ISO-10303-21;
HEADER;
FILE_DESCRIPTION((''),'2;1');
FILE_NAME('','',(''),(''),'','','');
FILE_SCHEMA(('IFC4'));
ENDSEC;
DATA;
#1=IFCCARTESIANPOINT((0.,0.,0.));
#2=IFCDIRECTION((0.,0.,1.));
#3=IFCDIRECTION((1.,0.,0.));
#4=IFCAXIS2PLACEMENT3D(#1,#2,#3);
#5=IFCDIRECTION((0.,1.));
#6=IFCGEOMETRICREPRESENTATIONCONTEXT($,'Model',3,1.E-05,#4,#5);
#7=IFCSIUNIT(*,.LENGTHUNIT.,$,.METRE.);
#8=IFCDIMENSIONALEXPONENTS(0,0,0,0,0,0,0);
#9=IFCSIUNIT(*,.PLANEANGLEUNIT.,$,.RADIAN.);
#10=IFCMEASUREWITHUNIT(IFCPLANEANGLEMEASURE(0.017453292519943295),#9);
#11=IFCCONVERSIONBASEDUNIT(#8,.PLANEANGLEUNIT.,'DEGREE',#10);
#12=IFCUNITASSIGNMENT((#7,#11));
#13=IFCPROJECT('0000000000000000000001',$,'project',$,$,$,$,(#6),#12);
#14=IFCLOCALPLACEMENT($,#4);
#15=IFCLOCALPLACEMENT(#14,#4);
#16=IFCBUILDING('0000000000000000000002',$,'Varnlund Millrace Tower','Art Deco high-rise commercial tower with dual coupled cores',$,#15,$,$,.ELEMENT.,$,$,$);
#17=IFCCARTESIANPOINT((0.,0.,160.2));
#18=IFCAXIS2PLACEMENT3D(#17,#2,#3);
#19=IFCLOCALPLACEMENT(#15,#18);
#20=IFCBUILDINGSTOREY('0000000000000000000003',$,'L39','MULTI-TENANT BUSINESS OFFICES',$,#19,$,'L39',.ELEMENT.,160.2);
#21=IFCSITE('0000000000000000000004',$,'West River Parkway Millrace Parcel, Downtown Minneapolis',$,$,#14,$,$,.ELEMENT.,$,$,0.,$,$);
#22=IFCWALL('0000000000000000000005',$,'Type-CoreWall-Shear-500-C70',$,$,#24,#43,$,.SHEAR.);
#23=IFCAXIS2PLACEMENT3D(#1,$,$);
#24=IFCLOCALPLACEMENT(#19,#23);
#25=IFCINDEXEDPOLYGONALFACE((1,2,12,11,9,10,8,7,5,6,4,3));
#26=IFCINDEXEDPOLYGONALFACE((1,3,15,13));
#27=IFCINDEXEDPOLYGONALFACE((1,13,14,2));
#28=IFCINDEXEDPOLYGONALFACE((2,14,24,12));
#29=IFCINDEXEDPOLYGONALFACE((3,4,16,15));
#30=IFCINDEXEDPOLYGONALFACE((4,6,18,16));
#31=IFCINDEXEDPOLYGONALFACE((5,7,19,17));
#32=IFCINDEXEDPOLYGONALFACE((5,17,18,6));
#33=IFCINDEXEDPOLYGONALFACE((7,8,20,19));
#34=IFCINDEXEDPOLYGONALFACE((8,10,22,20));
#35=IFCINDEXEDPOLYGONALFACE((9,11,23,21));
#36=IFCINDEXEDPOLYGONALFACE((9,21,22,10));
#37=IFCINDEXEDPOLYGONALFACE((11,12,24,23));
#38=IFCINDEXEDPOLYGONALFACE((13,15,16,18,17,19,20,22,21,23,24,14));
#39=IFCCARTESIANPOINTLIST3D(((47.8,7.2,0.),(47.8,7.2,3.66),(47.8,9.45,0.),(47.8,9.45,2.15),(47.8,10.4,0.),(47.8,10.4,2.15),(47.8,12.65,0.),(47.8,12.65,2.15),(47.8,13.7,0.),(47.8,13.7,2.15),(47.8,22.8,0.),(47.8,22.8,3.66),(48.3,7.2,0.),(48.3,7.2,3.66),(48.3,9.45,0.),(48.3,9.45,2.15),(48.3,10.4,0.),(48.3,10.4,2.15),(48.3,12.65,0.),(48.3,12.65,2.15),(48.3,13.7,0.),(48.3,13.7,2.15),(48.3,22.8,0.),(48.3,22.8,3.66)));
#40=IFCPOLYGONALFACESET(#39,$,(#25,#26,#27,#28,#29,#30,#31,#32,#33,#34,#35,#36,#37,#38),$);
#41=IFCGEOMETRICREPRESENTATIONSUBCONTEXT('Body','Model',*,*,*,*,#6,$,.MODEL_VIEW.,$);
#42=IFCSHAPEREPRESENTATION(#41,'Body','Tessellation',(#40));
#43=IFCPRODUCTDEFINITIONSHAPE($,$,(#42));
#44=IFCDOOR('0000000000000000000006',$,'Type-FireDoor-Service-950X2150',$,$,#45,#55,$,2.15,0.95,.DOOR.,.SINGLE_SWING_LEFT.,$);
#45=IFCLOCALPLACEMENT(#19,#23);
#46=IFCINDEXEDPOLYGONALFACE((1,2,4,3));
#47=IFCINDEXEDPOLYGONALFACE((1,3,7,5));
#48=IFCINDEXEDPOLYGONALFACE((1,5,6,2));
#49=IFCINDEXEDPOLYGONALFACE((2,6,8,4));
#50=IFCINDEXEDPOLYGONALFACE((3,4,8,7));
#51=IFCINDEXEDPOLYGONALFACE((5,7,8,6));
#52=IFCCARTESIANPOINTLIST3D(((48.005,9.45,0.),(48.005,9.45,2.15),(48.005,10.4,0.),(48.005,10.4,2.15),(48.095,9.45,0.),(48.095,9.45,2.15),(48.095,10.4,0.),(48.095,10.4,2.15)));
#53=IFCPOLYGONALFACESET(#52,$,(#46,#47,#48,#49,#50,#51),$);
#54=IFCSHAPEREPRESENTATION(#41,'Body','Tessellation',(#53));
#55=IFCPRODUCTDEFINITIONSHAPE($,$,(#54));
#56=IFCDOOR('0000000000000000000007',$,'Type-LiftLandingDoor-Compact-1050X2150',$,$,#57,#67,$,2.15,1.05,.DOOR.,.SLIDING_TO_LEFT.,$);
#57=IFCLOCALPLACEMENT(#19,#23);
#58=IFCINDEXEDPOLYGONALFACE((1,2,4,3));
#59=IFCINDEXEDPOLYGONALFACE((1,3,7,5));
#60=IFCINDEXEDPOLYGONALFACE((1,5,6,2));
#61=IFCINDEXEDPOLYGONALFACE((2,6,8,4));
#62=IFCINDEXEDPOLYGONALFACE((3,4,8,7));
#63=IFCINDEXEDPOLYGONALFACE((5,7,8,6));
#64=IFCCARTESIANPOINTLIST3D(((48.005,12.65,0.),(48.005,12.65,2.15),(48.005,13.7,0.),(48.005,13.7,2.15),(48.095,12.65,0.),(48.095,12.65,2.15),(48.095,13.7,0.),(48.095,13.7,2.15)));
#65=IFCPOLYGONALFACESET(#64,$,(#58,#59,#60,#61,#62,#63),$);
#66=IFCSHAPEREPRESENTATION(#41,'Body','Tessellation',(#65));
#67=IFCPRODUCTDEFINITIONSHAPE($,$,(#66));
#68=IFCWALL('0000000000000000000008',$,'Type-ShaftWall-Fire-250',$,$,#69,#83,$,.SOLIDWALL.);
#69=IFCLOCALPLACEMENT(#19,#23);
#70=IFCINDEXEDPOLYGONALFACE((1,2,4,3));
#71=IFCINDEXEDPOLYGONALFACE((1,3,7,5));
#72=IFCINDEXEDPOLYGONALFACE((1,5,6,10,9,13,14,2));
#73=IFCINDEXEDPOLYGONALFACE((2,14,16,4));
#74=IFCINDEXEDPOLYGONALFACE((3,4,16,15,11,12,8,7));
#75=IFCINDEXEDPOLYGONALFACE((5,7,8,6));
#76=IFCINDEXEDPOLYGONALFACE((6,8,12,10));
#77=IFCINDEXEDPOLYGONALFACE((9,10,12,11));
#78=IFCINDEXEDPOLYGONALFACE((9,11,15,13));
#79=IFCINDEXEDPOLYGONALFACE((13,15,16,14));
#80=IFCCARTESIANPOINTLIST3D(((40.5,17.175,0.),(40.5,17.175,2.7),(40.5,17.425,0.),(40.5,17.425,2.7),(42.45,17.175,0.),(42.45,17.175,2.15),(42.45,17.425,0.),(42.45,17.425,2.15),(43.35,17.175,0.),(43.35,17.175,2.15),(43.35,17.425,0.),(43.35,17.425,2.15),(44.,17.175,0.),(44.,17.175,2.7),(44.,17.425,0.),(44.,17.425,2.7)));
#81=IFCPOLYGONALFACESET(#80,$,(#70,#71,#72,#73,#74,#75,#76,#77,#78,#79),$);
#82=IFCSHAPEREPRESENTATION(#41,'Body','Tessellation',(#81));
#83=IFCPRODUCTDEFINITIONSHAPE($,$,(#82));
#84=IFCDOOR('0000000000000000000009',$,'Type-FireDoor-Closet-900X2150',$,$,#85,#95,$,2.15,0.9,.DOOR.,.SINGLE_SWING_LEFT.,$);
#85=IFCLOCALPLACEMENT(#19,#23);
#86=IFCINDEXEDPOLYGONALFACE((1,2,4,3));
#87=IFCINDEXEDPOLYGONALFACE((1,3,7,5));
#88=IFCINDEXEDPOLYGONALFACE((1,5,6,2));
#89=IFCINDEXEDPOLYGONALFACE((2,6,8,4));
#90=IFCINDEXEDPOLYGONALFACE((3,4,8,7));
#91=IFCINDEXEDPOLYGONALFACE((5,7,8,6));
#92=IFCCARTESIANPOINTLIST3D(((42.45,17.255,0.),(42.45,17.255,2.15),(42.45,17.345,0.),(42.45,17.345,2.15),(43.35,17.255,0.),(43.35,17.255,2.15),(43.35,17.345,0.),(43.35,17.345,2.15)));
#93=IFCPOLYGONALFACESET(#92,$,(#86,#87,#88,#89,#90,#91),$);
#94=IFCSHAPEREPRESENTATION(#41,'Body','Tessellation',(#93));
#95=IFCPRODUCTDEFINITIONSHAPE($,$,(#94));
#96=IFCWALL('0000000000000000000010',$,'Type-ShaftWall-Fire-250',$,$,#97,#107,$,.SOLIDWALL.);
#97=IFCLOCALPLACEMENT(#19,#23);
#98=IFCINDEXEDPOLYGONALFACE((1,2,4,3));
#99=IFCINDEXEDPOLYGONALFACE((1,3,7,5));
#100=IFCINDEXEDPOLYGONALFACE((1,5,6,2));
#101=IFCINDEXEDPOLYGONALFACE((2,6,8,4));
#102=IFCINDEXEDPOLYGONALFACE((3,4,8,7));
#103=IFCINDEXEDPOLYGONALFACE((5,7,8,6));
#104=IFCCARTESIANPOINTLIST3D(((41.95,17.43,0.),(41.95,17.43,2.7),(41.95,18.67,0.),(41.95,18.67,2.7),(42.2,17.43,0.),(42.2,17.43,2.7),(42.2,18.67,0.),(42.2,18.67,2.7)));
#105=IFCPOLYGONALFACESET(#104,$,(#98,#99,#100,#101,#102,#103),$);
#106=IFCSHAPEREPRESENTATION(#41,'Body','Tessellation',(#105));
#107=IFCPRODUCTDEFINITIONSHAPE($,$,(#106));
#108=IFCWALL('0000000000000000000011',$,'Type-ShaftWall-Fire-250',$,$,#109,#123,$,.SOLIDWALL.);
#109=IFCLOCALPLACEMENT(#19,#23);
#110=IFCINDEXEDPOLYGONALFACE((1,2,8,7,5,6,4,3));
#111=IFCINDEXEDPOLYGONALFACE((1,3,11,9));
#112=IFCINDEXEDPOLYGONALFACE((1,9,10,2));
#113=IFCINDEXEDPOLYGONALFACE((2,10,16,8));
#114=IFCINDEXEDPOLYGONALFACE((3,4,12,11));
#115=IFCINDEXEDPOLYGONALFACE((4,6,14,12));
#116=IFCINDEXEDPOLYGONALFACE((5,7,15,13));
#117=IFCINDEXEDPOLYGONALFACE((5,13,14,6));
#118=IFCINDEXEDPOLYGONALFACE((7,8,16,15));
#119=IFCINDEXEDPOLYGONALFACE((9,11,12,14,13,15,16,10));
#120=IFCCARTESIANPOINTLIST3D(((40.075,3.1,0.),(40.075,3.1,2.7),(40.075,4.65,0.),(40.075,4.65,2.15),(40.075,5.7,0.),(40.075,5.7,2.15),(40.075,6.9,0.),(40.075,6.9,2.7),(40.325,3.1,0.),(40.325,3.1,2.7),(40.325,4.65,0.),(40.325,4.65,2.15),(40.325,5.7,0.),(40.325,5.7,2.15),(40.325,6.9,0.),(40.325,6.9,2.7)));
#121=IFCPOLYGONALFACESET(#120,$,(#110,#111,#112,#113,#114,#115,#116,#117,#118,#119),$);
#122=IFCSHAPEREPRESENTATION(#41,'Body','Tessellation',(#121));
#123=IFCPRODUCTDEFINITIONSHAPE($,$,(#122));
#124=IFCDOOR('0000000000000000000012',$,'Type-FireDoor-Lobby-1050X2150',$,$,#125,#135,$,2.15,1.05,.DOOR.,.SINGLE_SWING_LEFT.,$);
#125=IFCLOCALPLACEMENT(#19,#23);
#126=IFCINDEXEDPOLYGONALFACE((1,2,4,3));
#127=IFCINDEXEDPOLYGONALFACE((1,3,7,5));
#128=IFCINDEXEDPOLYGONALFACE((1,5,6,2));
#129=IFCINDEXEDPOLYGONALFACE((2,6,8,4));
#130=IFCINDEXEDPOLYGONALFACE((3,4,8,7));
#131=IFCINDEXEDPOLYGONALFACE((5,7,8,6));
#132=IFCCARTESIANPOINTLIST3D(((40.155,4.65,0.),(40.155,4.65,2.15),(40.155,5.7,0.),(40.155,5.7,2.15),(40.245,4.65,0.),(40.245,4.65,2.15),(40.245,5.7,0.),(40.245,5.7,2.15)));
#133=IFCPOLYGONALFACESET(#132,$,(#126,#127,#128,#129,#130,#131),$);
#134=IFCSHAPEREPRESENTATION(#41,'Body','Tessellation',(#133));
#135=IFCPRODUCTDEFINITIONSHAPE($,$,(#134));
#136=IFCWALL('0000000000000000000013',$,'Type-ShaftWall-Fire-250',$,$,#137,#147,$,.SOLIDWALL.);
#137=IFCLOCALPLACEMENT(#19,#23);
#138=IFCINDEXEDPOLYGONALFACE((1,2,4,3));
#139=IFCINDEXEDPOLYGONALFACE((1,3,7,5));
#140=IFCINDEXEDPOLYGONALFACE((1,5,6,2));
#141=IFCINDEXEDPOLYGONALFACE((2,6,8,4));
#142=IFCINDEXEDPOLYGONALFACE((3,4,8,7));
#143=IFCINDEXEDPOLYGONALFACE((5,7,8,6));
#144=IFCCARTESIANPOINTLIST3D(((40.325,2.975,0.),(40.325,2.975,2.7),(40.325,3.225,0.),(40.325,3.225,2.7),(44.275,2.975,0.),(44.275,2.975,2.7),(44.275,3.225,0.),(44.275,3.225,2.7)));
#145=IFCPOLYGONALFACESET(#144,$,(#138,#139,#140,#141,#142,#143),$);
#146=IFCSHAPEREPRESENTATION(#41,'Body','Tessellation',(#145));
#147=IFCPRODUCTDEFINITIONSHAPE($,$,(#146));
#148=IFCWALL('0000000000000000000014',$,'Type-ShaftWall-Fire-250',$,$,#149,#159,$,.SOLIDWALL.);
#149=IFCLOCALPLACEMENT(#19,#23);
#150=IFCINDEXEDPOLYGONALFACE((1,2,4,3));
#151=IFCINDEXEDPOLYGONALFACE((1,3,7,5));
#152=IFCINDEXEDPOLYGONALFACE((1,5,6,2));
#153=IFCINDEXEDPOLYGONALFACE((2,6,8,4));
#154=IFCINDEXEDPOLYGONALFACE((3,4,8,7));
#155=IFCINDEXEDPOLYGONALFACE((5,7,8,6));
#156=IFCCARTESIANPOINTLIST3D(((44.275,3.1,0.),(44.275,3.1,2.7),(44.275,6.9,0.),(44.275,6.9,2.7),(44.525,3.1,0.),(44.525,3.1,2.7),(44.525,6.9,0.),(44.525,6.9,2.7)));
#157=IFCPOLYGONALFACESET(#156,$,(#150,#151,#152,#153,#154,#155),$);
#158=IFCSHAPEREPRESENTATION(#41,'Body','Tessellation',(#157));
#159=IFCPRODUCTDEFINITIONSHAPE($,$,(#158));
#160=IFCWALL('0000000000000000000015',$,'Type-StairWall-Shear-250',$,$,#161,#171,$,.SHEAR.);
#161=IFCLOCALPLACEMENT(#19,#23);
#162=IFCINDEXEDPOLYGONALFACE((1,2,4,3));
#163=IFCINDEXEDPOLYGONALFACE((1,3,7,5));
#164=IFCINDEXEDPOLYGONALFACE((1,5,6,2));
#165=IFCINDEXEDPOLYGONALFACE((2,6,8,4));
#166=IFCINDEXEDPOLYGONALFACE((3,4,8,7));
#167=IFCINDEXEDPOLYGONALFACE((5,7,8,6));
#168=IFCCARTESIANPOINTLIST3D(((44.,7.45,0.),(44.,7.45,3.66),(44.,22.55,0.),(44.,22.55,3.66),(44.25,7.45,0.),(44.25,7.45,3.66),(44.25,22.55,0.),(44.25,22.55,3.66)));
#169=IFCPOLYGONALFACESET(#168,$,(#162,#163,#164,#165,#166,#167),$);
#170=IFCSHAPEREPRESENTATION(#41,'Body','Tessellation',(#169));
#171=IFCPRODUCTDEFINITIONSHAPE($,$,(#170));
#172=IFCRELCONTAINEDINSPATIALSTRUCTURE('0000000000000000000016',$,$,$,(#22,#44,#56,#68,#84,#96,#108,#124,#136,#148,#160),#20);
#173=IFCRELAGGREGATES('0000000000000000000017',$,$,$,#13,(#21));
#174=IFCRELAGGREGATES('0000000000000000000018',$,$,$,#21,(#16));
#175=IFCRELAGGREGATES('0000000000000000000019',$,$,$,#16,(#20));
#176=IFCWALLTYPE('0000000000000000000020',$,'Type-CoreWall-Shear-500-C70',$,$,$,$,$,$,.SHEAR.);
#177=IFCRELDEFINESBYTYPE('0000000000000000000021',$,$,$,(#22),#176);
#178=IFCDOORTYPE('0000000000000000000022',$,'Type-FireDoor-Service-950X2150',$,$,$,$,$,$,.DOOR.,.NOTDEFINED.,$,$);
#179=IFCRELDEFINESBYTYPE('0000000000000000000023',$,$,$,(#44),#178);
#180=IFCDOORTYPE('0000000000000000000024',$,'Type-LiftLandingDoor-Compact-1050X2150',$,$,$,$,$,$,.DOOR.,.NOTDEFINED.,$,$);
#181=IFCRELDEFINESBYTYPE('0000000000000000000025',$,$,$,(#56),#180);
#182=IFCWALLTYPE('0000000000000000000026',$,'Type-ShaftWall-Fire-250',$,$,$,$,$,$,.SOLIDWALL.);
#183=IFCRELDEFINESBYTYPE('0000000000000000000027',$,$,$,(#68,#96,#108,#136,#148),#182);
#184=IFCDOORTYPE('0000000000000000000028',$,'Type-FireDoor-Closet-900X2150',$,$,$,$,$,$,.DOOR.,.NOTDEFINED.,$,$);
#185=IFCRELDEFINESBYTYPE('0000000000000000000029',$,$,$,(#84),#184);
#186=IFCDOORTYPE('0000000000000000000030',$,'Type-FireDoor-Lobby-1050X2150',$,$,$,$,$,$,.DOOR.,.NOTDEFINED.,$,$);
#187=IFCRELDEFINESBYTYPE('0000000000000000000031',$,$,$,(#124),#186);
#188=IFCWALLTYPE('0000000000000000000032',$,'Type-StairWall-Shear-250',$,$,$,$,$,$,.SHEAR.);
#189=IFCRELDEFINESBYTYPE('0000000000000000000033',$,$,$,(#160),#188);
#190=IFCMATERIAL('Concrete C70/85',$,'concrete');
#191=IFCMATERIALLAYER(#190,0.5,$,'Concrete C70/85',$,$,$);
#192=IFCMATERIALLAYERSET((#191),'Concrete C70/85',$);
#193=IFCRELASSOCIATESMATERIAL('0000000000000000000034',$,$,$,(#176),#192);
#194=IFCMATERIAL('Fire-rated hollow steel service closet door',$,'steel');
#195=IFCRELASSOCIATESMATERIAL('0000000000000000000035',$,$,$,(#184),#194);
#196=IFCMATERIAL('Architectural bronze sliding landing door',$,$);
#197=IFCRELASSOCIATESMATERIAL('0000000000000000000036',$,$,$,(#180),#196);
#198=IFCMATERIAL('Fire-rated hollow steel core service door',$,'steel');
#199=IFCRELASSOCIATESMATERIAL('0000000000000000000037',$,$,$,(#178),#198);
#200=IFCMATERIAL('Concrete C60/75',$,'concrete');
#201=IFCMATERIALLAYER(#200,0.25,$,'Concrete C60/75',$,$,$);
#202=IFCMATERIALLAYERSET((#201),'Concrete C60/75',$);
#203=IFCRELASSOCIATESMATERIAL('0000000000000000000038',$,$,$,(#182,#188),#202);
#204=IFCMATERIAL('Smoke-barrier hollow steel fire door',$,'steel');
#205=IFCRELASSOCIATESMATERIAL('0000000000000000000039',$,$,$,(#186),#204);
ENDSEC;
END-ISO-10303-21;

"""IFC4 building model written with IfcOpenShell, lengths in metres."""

from ifc_helpers import new_model, entity, si_unit, converted_unit, direction, frame, origin_with_axes, origin_2d_with_axis, place, context, subcontext, project, spatial, polyline, rectangle, outline, extrude, material, layer, layer_set, type_object, element, fill, save


model = new_model("IFC4")

# Units and contexts
model_context = context("Model", 3, precision=1e-05, world=origin_with_axes(), true_north=direction((0.0, 1.0)))
body_context = subcontext(model_context, "Body", "Model", "MODEL_VIEW")
ifc_project = project(units=[si_unit("LENGTHUNIT", "METRE"), converted_unit("PLANEANGLEUNIT", "DEGREE", entity("IfcPlaneAngleMeasure", 0.017453292519943295), si_unit("PLANEANGLEUNIT", "RADIAN"), dimensions=[0, 0, 0, 0, 0, 0, 0])], contexts=[model_context])

# Site, building, storey
site_placement = place(None, origin_with_axes())
site = spatial("IfcSite", under=ifc_project, at=site_placement, Name="West River Parkway Millrace Parcel, Downtown Minneapolis", CompositionType="ELEMENT", RefElevation=0.0)
building_placement = place(site_placement, origin_with_axes())
building = spatial("IfcBuilding", under=site, at=building_placement, Name="Varnlund Millrace Tower", Description="Art Deco high-rise commercial tower with dual coupled cores", CompositionType="ELEMENT")
storey_placement = place(building_placement, frame((0.0, 0.0, 160.2), z_axis=(0.0, 0.0, 1.0), x_axis=(1.0, 0.0, 0.0)))
storey = spatial("IfcBuildingStorey", under=building, at=storey_placement, Name="L39", Description="MULTI-TENANT BUSINESS OFFICES", LongName="L39", CompositionType="ELEMENT", Elevation=160.2)

# Shared definitions
ifc_material_1 = material(Name="Concrete C70/85", Category="concrete")

# Shared definitions
ifc_layer_1 = layer(ifc_material_1, 0.5, Name="Concrete C70/85")
ifc_layer_set_1 = layer_set([ifc_layer_1], Name="Concrete C70/85")
wall_type_1 = type_object("IfcWallType", Name="Type-CoreWall-Shear-500-C70", PredefinedType="SHEAR", material=ifc_layer_set_1)
ifc_material_2 = material(Name="Fire-rated hollow steel service closet door", Category="steel")
door_type_1 = type_object("IfcDoorType", Name="Type-FireDoor-Closet-900X2150", OperationType="NOTDEFINED", PredefinedType="DOOR", material=ifc_material_2)
ifc_material_3 = material(Name="Architectural bronze sliding landing door")
door_type_2 = type_object("IfcDoorType", Name="Type-LiftLandingDoor-Compact-1050X2150", OperationType="NOTDEFINED", PredefinedType="DOOR", material=ifc_material_3)

# Wall, openings, doors
wall_1_placement = place(storey_placement, frame((48.05, 7.2, 0.0), z_axis=(0.0, 0.0, 1.0), x_axis=(0.0, 1.0, 0.0)))
wall_1 = element("IfcWall", 1, at=wall_1_placement, inside=storey, type_object=wall_type_1, Name="Type-CoreWall-Shear-500-C70", PredefinedType="SHEAR", context=body_context, shape_type="SweptSolid", body=[
    extrude(outline(polyline([(0.0, -0.25), (15.6, -0.25), (15.6, 0.25), (0.0, 0.25), (0.0, -0.25)])), origin_with_axes(), (0.0, 0.0, 1.0), 3.66),
])
opening_1_placement = place(wall_1_placement, frame((5.975, 0.0, 0.0), z_axis=(0.0, 0.0, 1.0), x_axis=(1.0, 0.0, 0.0)))
opening_1 = element("IfcOpeningElement", 2, at=opening_1_placement, cuts=wall_1, PredefinedType="OPENING", context=body_context, shape_type="SweptSolid", body=[
    extrude(rectangle(XDim=1.05, YDim=0.52, at=origin_2d_with_axis()), origin_with_axes(), (0.0, 0.0, 1.0), 2.15),
])
opening_2_placement = place(wall_1_placement, frame((2.725, 0.0, 0.0), z_axis=(0.0, 0.0, 1.0), x_axis=(1.0, 0.0, 0.0)))
opening_2 = element("IfcOpeningElement", 3, at=opening_2_placement, cuts=wall_1, PredefinedType="OPENING", context=body_context, shape_type="SweptSolid", body=[
    extrude(rectangle(XDim=0.95, YDim=0.52, at=origin_2d_with_axis()), origin_with_axes(), (0.0, 0.0, 1.0), 2.15),
])
ifc_material_4 = material(Name="Fire-rated hollow steel core service door", Category="steel")
door_type_3 = type_object("IfcDoorType", Name="Type-FireDoor-Service-950X2150", OperationType="NOTDEFINED", PredefinedType="DOOR", material=ifc_material_4)
door_1_placement = place(wall_1_placement, frame((2.725, 0.0, 0.0), z_axis=(0.0, 0.0, 1.0), x_axis=(1.0, 0.0, 0.0)))
door_1 = element("IfcDoor", 4, at=door_1_placement, inside=storey, type_object=door_type_3, Name="Type-FireDoor-Service-950X2150", OperationType="SINGLE_SWING_LEFT", OverallHeight=2.15, OverallWidth=0.95, PredefinedType="DOOR", context=body_context, shape_type="SweptSolid", body=[
    extrude(rectangle(XDim=0.95, YDim=0.09, at=origin_2d_with_axis()), origin_with_axes(), (0.0, 0.0, 1.0), 2.15),
])
fill(opening_2, door_1)
door_2_placement = place(wall_1_placement, frame((5.975, 0.0, 0.0), z_axis=(0.0, 0.0, 1.0), x_axis=(1.0, 0.0, 0.0)))
door_2 = element("IfcDoor", 5, at=door_2_placement, inside=storey, type_object=door_type_2, Name="Type-LiftLandingDoor-Compact-1050X2150", OperationType="SLIDING_TO_LEFT", OverallHeight=2.15, OverallWidth=1.05, PredefinedType="DOOR", context=body_context, shape_type="SweptSolid", body=[
    extrude(rectangle(XDim=1.05, YDim=0.09, at=origin_2d_with_axis()), origin_with_axes(), (0.0, 0.0, 1.0), 2.15),
])
fill(opening_1, door_2)

# Wall, opening, door
ifc_material_5 = material(Name="Concrete C60/75", Category="concrete")
ifc_layer_2 = layer(ifc_material_5, 0.25, Name="Concrete C60/75")
ifc_layer_set_2 = layer_set([ifc_layer_2], Name="Concrete C60/75")
wall_type_2 = type_object("IfcWallType", Name="Type-ShaftWall-Fire-250", PredefinedType="SOLIDWALL", material=ifc_layer_set_2)
wall_2_placement = place(storey_placement, frame((40.5, 17.3, 0.0), z_axis=(0.0, 0.0, 1.0), x_axis=(1.0, 0.0, 0.0)))
wall_2 = element("IfcWall", 6, at=wall_2_placement, inside=storey, type_object=wall_type_2, Name="Type-ShaftWall-Fire-250", PredefinedType="SOLIDWALL", context=body_context, shape_type="SweptSolid", body=[
    extrude(outline(polyline([(0.0, -0.125), (3.5, -0.125), (3.5, 0.125), (0.0, 0.125), (0.0, -0.125)])), origin_with_axes(), (0.0, 0.0, 1.0), 2.7),
])
opening_3_placement = place(wall_2_placement, frame((2.4, 0.0, 0.0), z_axis=(0.0, 0.0, 1.0), x_axis=(1.0, 0.0, 0.0)))
opening_3 = element("IfcOpeningElement", 7, at=opening_3_placement, cuts=wall_2, PredefinedType="OPENING", context=body_context, shape_type="SweptSolid", body=[
    extrude(rectangle(XDim=0.9, YDim=0.27, at=origin_2d_with_axis()), origin_with_axes(), (0.0, 0.0, 1.0), 2.15),
])
door_3_placement = place(wall_2_placement, frame((2.4, 0.0, 0.0), z_axis=(0.0, 0.0, 1.0), x_axis=(1.0, 0.0, 0.0)))
door_3 = element("IfcDoor", 8, at=door_3_placement, inside=storey, type_object=door_type_1, Name="Type-FireDoor-Closet-900X2150", OperationType="SINGLE_SWING_LEFT", OverallHeight=2.15, OverallWidth=0.9, PredefinedType="DOOR", context=body_context, shape_type="SweptSolid", body=[
    extrude(rectangle(XDim=0.9, YDim=0.09, at=origin_2d_with_axis()), origin_with_axes(), (0.0, 0.0, 1.0), 2.15),
])
fill(opening_3, door_3)

# Wall
wall_3_placement = place(storey_placement, frame((42.075, 17.43, 0.0), z_axis=(0.0, 0.0, 1.0), x_axis=(0.0, 1.0, 0.0)))
element("IfcWall", 9, at=wall_3_placement, inside=storey, type_object=wall_type_2, Name="Type-ShaftWall-Fire-250", PredefinedType="SOLIDWALL", context=body_context, shape_type="SweptSolid", body=[
    extrude(outline(polyline([(0.0, -0.125), (1.24, -0.125), (1.24, 0.125), (0.0, 0.125), (0.0, -0.125)])), origin_with_axes(), (0.0, 0.0, 1.0), 2.7),
])

# Wall, opening, door
wall_4_placement = place(storey_placement, frame((40.2, 3.1, 0.0), z_axis=(0.0, 0.0, 1.0), x_axis=(0.0, 1.0, 0.0)))
wall_4 = element("IfcWall", 10, at=wall_4_placement, inside=storey, type_object=wall_type_2, Name="Type-ShaftWall-Fire-250", PredefinedType="SOLIDWALL", context=body_context, shape_type="SweptSolid", body=[
    extrude(outline(polyline([(0.0, -0.125), (3.8, -0.125), (3.8, 0.125), (0.0, 0.125), (0.0, -0.125)])), origin_with_axes(), (0.0, 0.0, 1.0), 2.7),
])
opening_4_placement = place(wall_4_placement, frame((2.075, 0.0, 0.0), z_axis=(0.0, 0.0, 1.0), x_axis=(1.0, 0.0, 0.0)))
opening_4 = element("IfcOpeningElement", 11, at=opening_4_placement, cuts=wall_4, PredefinedType="OPENING", context=body_context, shape_type="SweptSolid", body=[
    extrude(rectangle(XDim=1.05, YDim=0.27, at=origin_2d_with_axis()), origin_with_axes(), (0.0, 0.0, 1.0), 2.15),
])
ifc_material_6 = material(Name="Smoke-barrier hollow steel fire door", Category="steel")
door_type_4 = type_object("IfcDoorType", Name="Type-FireDoor-Lobby-1050X2150", OperationType="NOTDEFINED", PredefinedType="DOOR", material=ifc_material_6)
door_4_placement = place(wall_4_placement, frame((2.075, 0.0, 0.0), z_axis=(0.0, 0.0, 1.0), x_axis=(1.0, 0.0, 0.0)))
door_4 = element("IfcDoor", 12, at=door_4_placement, inside=storey, type_object=door_type_4, Name="Type-FireDoor-Lobby-1050X2150", OperationType="SINGLE_SWING_LEFT", OverallHeight=2.15, OverallWidth=1.05, PredefinedType="DOOR", context=body_context, shape_type="SweptSolid", body=[
    extrude(rectangle(XDim=1.05, YDim=0.09, at=origin_2d_with_axis()), origin_with_axes(), (0.0, 0.0, 1.0), 2.15),
])
fill(opening_4, door_4)

# Walls
wall_5_placement = place(storey_placement, frame((40.325, 3.1, 0.0), z_axis=(0.0, 0.0, 1.0), x_axis=(1.0, 0.0, 0.0)))
element("IfcWall", 13, at=wall_5_placement, inside=storey, type_object=wall_type_2, Name="Type-ShaftWall-Fire-250", PredefinedType="SOLIDWALL", context=body_context, shape_type="SweptSolid", body=[
    extrude(outline(polyline([(0.0, -0.125), (3.95, -0.125), (3.95, 0.125), (0.0, 0.125), (0.0, -0.125)])), origin_with_axes(), (0.0, 0.0, 1.0), 2.7),
])
wall_6_placement = place(storey_placement, frame((44.4, 3.1, 0.0), z_axis=(0.0, 0.0, 1.0), x_axis=(0.0, 1.0, 0.0)))
element("IfcWall", 14, at=wall_6_placement, inside=storey, type_object=wall_type_2, Name="Type-ShaftWall-Fire-250", PredefinedType="SOLIDWALL", context=body_context, shape_type="SweptSolid", body=[
    extrude(outline(polyline([(0.0, -0.125), (3.8, -0.125), (3.8, 0.125), (0.0, 0.125), (0.0, -0.125)])), origin_with_axes(), (0.0, 0.0, 1.0), 2.7),
])
wall_type_3 = type_object("IfcWallType", Name="Type-StairWall-Shear-250", PredefinedType="SHEAR", material=ifc_layer_set_2)
wall_7_placement = place(storey_placement, frame((44.125, 7.45, 0.0), z_axis=(0.0, 0.0, 1.0), x_axis=(0.0, 1.0, 0.0)))
element("IfcWall", 15, at=wall_7_placement, inside=storey, type_object=wall_type_3, Name="Type-StairWall-Shear-250", PredefinedType="SHEAR", context=body_context, shape_type="SweptSolid", body=[
    extrude(outline(polyline([(0.0, -0.125), (15.1, -0.125), (15.1, 0.125), (0.0, 0.125), (0.0, -0.125)])), origin_with_axes(), (0.0, 0.0, 1.0), 3.66),
])

save(model, "model.ifc")
